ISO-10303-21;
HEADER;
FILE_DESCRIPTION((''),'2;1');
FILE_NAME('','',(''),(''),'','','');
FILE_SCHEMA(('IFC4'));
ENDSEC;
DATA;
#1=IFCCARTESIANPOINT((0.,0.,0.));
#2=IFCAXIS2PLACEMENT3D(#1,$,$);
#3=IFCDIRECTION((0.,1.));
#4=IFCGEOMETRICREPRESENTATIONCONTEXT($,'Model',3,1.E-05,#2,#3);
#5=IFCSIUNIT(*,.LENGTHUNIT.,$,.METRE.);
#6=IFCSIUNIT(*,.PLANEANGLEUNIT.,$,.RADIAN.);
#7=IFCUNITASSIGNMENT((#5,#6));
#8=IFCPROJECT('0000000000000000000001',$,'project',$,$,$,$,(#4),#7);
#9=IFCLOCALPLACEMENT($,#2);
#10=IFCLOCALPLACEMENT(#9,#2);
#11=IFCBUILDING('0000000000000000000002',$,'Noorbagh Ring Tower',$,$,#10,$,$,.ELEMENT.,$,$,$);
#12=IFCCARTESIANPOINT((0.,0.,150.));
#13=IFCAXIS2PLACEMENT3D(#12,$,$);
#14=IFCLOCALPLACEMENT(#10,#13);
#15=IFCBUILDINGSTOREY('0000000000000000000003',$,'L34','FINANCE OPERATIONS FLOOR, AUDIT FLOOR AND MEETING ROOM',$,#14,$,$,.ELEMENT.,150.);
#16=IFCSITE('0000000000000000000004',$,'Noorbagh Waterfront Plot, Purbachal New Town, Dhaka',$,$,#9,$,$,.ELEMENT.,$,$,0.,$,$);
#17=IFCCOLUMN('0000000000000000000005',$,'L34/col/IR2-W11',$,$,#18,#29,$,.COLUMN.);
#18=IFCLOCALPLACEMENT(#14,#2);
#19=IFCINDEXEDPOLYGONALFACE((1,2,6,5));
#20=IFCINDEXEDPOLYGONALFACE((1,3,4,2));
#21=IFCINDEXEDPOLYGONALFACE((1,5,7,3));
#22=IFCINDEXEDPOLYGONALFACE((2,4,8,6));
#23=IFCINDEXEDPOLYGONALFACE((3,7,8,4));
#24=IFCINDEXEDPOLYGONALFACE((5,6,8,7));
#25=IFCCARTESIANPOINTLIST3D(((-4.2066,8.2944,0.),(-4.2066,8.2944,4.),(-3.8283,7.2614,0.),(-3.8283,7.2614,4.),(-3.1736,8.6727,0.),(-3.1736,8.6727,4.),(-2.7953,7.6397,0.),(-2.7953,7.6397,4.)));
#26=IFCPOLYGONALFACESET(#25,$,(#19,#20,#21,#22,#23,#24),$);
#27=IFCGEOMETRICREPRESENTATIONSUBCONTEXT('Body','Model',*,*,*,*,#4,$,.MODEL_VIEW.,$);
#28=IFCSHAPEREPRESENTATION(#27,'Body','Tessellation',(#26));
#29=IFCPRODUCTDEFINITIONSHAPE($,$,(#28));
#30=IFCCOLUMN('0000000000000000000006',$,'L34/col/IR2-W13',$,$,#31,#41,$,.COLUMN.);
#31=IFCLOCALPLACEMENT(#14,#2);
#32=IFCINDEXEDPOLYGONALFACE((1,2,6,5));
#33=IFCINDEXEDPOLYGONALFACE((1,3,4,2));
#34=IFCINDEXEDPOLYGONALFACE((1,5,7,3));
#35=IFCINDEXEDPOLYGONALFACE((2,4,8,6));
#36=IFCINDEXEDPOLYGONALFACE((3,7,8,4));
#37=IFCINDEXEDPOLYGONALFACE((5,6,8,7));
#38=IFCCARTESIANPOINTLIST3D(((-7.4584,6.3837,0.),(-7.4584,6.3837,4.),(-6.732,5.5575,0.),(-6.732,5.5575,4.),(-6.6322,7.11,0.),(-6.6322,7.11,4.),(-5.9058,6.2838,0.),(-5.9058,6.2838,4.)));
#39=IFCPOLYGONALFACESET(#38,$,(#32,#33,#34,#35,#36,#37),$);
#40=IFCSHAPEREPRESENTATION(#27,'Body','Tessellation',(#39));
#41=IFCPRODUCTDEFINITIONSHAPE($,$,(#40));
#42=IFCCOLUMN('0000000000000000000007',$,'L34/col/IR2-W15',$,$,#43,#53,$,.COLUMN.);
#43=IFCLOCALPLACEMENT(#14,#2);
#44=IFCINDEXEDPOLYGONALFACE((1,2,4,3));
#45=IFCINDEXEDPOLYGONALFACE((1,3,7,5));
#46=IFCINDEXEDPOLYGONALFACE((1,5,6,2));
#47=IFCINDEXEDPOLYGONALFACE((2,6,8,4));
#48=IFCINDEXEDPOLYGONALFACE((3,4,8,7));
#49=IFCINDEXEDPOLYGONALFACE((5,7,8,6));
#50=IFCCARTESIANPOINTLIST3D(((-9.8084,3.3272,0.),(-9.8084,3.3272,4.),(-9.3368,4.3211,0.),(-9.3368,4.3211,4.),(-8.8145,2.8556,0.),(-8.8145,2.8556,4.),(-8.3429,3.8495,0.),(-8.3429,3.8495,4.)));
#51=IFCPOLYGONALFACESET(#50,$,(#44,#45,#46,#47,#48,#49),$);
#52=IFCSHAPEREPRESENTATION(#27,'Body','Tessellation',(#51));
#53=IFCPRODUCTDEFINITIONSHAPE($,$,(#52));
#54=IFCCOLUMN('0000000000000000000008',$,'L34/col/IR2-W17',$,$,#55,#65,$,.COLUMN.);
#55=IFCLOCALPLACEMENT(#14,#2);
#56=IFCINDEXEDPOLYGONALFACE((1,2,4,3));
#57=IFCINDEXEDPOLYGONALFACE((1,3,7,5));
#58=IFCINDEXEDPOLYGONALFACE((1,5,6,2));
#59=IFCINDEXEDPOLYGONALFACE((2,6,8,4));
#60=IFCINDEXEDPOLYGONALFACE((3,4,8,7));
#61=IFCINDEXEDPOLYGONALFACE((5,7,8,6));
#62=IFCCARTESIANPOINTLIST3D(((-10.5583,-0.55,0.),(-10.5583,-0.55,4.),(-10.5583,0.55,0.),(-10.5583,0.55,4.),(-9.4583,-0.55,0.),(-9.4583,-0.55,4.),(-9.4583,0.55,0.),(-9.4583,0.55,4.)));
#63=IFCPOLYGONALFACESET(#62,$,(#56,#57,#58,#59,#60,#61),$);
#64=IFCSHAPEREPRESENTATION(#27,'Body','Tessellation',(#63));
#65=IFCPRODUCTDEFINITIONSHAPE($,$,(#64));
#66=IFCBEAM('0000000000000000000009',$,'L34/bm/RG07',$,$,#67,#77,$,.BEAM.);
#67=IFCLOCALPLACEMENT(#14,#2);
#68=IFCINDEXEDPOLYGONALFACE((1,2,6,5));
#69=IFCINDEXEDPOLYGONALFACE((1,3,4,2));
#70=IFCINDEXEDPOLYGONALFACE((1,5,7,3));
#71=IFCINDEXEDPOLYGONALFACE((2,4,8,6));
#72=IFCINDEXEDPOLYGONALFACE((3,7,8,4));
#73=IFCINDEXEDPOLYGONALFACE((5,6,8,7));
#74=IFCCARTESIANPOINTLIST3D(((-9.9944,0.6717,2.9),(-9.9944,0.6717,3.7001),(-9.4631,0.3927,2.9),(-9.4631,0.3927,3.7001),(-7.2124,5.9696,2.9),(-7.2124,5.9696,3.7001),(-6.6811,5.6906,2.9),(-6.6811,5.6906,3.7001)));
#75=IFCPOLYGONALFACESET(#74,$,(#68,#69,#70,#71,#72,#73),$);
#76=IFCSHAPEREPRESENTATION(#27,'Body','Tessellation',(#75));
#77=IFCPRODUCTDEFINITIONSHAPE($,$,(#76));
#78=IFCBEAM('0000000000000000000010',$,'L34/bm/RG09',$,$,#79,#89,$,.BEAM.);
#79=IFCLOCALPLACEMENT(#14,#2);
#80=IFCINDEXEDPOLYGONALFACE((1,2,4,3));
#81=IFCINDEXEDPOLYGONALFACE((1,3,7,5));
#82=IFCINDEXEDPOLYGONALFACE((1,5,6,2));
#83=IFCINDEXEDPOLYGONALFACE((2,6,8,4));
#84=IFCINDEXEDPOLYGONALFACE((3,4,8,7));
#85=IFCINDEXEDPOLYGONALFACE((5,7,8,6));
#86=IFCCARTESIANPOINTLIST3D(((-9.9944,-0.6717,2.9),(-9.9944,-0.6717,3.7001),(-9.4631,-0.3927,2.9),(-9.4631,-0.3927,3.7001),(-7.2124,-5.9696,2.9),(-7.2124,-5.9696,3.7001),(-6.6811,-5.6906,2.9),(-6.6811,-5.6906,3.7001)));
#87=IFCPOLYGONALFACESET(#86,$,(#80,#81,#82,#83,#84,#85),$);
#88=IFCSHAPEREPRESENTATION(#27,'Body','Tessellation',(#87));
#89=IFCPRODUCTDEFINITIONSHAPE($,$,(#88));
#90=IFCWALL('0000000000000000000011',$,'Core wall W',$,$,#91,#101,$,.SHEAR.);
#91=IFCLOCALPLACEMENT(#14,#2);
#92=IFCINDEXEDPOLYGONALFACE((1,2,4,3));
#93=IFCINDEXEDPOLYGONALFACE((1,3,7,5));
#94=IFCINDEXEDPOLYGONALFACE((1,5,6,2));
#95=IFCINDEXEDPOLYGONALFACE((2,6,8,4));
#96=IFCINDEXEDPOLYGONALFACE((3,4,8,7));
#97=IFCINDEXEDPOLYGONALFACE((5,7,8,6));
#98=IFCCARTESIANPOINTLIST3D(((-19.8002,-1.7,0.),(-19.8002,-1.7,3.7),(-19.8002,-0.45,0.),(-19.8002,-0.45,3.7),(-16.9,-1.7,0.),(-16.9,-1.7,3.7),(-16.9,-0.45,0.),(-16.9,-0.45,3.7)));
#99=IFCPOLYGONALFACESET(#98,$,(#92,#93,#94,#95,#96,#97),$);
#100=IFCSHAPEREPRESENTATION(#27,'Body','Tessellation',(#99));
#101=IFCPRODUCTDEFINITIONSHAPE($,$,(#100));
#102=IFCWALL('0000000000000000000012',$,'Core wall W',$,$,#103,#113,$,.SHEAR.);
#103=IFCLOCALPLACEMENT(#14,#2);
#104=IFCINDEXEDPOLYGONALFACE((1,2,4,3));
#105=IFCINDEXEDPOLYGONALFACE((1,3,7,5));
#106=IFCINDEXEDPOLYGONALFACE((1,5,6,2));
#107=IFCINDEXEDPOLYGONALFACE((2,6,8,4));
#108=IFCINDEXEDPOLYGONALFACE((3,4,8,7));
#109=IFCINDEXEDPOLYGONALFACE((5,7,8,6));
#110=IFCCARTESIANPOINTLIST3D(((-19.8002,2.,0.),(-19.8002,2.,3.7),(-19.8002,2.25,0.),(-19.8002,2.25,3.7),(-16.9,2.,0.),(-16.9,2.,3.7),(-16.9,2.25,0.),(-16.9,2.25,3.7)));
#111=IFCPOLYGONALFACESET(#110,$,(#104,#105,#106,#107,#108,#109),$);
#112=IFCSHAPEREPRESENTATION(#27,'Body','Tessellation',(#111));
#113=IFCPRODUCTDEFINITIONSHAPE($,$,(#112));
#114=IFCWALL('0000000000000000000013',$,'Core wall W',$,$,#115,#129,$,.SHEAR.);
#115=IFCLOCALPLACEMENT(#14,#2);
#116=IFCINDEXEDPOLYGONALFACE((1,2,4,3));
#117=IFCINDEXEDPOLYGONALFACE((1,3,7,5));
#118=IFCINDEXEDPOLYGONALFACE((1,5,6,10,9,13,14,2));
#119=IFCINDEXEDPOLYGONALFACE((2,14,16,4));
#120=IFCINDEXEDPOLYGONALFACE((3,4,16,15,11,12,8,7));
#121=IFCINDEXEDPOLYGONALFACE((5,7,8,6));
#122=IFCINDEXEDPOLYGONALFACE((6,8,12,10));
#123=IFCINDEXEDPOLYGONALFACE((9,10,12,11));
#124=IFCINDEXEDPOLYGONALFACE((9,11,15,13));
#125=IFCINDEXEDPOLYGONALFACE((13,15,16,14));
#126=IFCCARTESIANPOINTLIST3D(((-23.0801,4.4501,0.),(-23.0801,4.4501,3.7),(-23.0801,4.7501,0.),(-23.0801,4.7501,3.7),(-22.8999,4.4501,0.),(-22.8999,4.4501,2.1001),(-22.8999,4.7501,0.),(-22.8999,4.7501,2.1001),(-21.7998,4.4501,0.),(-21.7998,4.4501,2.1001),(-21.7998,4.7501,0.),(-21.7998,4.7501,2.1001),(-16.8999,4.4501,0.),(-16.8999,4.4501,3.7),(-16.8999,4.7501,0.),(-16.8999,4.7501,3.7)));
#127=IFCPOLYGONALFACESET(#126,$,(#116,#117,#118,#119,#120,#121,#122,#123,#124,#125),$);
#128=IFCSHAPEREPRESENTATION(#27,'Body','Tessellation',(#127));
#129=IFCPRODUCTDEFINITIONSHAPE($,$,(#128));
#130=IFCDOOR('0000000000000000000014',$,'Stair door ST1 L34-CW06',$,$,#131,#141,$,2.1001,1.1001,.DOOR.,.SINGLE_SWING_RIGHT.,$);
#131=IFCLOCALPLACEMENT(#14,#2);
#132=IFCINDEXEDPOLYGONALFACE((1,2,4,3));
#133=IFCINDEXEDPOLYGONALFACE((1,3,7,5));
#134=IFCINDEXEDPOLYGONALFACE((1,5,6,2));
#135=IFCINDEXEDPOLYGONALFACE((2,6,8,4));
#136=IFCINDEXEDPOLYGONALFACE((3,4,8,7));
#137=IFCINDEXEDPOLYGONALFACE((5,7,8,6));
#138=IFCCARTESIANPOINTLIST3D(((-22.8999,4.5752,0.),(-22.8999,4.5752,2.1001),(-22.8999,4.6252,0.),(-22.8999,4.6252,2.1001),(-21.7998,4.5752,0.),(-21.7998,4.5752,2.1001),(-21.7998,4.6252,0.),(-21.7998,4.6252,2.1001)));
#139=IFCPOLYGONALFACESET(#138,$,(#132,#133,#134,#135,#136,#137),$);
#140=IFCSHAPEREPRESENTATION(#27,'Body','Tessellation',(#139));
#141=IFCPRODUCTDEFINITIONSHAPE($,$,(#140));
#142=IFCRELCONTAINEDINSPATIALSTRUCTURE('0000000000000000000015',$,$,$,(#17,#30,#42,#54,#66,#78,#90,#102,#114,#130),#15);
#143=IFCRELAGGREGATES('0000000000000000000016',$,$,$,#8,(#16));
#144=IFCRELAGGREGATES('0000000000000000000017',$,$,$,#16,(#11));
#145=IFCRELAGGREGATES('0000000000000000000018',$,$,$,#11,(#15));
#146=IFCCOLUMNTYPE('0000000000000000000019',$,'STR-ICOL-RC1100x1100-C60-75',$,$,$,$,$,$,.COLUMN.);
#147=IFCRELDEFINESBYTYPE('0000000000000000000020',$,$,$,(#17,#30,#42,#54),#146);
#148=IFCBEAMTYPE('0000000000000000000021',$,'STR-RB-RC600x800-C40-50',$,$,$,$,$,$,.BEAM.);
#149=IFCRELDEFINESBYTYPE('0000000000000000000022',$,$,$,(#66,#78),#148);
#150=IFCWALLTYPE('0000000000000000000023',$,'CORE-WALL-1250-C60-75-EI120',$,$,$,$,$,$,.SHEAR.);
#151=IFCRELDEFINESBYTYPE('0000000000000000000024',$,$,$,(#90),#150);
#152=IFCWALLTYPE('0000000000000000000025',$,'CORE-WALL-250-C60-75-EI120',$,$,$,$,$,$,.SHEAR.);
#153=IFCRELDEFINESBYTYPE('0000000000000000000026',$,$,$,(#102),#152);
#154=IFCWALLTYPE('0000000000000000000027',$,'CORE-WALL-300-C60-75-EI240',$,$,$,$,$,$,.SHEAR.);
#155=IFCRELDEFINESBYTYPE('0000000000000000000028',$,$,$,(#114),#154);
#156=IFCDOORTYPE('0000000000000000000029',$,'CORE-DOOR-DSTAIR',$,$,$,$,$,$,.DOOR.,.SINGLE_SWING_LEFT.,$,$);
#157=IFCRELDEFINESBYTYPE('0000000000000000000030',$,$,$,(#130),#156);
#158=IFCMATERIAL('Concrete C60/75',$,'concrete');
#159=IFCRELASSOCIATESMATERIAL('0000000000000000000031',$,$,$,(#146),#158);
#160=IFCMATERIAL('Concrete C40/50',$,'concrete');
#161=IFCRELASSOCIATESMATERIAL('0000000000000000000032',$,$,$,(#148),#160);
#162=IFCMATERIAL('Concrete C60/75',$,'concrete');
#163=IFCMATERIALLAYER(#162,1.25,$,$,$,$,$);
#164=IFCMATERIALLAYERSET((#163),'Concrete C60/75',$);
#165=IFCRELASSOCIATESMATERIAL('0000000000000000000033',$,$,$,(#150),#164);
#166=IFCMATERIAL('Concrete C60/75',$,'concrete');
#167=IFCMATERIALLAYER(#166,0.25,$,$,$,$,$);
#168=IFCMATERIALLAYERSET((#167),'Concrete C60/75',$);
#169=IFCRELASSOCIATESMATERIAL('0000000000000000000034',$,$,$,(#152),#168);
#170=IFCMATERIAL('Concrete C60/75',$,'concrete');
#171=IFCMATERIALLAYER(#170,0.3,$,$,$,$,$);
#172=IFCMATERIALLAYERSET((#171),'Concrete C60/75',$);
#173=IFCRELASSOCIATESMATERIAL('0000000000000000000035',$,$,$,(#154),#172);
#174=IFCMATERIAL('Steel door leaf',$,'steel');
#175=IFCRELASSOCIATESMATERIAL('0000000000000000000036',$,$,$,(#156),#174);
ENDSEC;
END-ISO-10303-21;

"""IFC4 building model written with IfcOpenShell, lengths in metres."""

from ifc_helpers import new_model, si_unit, direction, frame, frame_2d, origin, origin_2d, place, context, subcontext, project, spatial, rectangle, extrude, material, layer, layer_set, material_profile, profile_set, type_object, element, fill, save


model = new_model("IFC4")

# Units and contexts
model_context = context("Model", 3, precision=1e-05, world=origin(), true_north=direction((0.0, 1.0)))
body_context = subcontext(model_context, "Body", "Model", "MODEL_VIEW")
ifc_project = project(units=[si_unit("LENGTHUNIT", "METRE"), si_unit("PLANEANGLEUNIT", "RADIAN")], contexts=[model_context])

# Site, building, storey
site_placement = place(None, origin())
site = spatial("IfcSite", under=ifc_project, at=site_placement, Name="Noorbagh Waterfront Plot, Purbachal New Town, Dhaka", CompositionType="ELEMENT", RefElevation=0.0)
building_placement = place(site_placement, origin())
building = spatial("IfcBuilding", under=site, at=building_placement, Name="Noorbagh Ring Tower", CompositionType="ELEMENT")
storey_placement = place(building_placement, frame((0.0, 0.0, 150.0)))
storey = spatial("IfcBuildingStorey", under=building, at=storey_placement, Name="L34", Description="FINANCE OPERATIONS FLOOR, AUDIT FLOOR AND MEETING ROOM", CompositionType="ELEMENT", Elevation=150.0)

# Columns
ifc_material_1 = material(Name="Concrete C60/75", Category="concrete")
ifc_material_profile_1 = material_profile(ifc_material_1, rectangle(XDim=1.1001, YDim=1.1001, at=origin_2d()), Name="RC1100x1100")
ifc_profile_set_1 = profile_set([ifc_material_profile_1], Name="Concrete C60/75")
column_type = type_object("IfcColumnType", Name="STR-ICOL-RC1100x1100-C60-75", PredefinedType="COLUMN", material=ifc_profile_set_1)
for number, where, z_axis, x_axis, name in (
    (1, (-3.501, 7.967, 0.0), (0.0, 0.0, 1.0), (-0.93902, -0.343864, 0.0), "L34/col/IR2-W11"),
    (2, (-6.6821, 6.3337, 0.0), (0.0, 0.0, 1.0), (-0.751022, -0.660277, 0.0), "L34/col/IR2-W13"),
    (3, (-9.0757, 3.5884, 0.0), (0.0, 0.0, 1.0), (-0.428667, -0.903463, 0.0), "L34/col/IR2-W15"),
    (4, (-10.0083, 0.0, 0.0), (0.0, 0.0, 1.0), (0.0, -1.0, 0.0), "L34/col/IR2-W17"),
):
    element("IfcColumn", number, at=place(storey_placement, frame(where, z_axis=z_axis, x_axis=x_axis)), inside=storey, type_object=column_type, Name=name, PredefinedType="COLUMN", context=body_context, shape_type="SweptSolid", body=[
        extrude(rectangle(XDim=1.1001, YDim=1.1001, at=origin_2d()), origin(), (0.0, 0.0, 1.0), 4.0),
    ])

# Beams
ifc_material_2 = material(Name="Concrete C40/50", Category="concrete")
ifc_material_profile_2 = material_profile(ifc_material_2, rectangle(XDim=0.6001, YDim=0.8, at=origin_2d()), Name="RC600x800")
ifc_profile_set_2 = profile_set([ifc_material_profile_2], Name="Concrete C40/50")
beam_type = type_object("IfcBeamType", Name="STR-RB-RC600x800-C40-50", PredefinedType="BEAM", material=ifc_profile_set_2)
for number, where, z_axis, x_axis, name in (
    (5, (-6.9468, 5.8301, 3.3), (-0.464914, -0.885356, 0.0), (0.885356, -0.464914, 0.0), "L34/bm/RG07"),
    (6, (-9.7288, -0.5322, 3.3), (0.464914, -0.885356, 0.0), (0.885356, 0.464914, 0.0), "L34/bm/RG09"),
):
    element("IfcBeam", number, at=place(storey_placement, frame(where, z_axis=z_axis, x_axis=x_axis)), inside=storey, type_object=beam_type, Name=name, PredefinedType="BEAM", context=body_context, shape_type="SweptSolid", body=[
        extrude(rectangle(XDim=0.6001, YDim=0.8, at=origin_2d()), origin(), (0.0, 0.0, 1.0), 5.9839),
    ])

# Walls
ifc_material_3 = material(Name="Concrete C60/75", Category="concrete")
ifc_layer_1 = layer(ifc_material_3, 1.25)
ifc_layer_set_1 = layer_set([ifc_layer_1], Name="Concrete C60/75")
wall_type_1 = type_object("IfcWallType", Name="CORE-WALL-1250-C60-75-EI120", PredefinedType="SHEAR", material=ifc_layer_set_1)
wall_1_placement = place(storey_placement, frame((-16.8999, -1.075, 0.0), z_axis=(0.0, 0.0, 1.0), x_axis=(-1.0, 0.0, 0.0)))
element("IfcWall", 7, at=wall_1_placement, inside=storey, type_object=wall_type_1, Name="Core wall W", PredefinedType="SHEAR", context=body_context, shape_type="SweptSolid", body=[
    extrude(rectangle(XDim=2.9001, YDim=1.25, at=frame_2d((1.4502, 0.0))), origin(), (0.0, 0.0, 1.0), 3.7),
])
ifc_material_4 = material(Name="Concrete C60/75", Category="concrete")
ifc_layer_2 = layer(ifc_material_4, 0.25)
ifc_layer_set_2 = layer_set([ifc_layer_2], Name="Concrete C60/75")
wall_type_2 = type_object("IfcWallType", Name="CORE-WALL-250-C60-75-EI120", PredefinedType="SHEAR", material=ifc_layer_set_2)
wall_2_placement = place(storey_placement, frame((-16.8999, 2.125, 0.0), z_axis=(0.0, 0.0, 1.0), x_axis=(-1.0, 0.0, 0.0)))
element("IfcWall", 8, at=wall_2_placement, inside=storey, type_object=wall_type_2, Name="Core wall W", PredefinedType="SHEAR", context=body_context, shape_type="SweptSolid", body=[
    extrude(rectangle(XDim=2.9001, YDim=0.25, at=frame_2d((1.4502, 0.0))), origin(), (0.0, 0.0, 1.0), 3.7),
])

# Wall, opening, door
ifc_material_5 = material(Name="Concrete C60/75", Category="concrete")
ifc_layer_3 = layer(ifc_material_5, 0.3)
ifc_layer_set_3 = layer_set([ifc_layer_3], Name="Concrete C60/75")
wall_type_3 = type_object("IfcWallType", Name="CORE-WALL-300-C60-75-EI240", PredefinedType="SHEAR", material=ifc_layer_set_3)
wall_3_placement = place(storey_placement, frame((-16.8999, 4.6001, 0.0), z_axis=(0.0, 0.0, 1.0), x_axis=(-1.0, 0.0, 0.0)))
wall_3 = element("IfcWall", 9, at=wall_3_placement, inside=storey, type_object=wall_type_3, Name="Core wall W", PredefinedType="SHEAR", context=body_context, shape_type="SweptSolid", body=[
    extrude(rectangle(XDim=6.1802, YDim=0.3, at=frame_2d((3.0901, 0.0))), origin(), (0.0, 0.0, 1.0), 3.7),
])
opening_1_placement = place(wall_3_placement, frame((4.8999, 0.0, 0.0)))
opening_1 = element("IfcOpeningElement", 10, at=opening_1_placement, cuts=wall_3, PredefinedType="OPENING", context=body_context, shape_type="SweptSolid", body=[
    extrude(rectangle(XDim=1.1001, YDim=2.1001, at=frame_2d((0.55, 1.05))), frame((0.0, 0.1602, 0.0), z_axis=(0.0, -1.0, 0.0), x_axis=(1.0, 0.0, 0.0)), (0.0, 0.0, 1.0), 0.3201),
])
ifc_material_6 = material(Name="Steel door leaf", Category="steel")
door_type_1 = type_object("IfcDoorType", Name="CORE-DOOR-DSTAIR", OperationType="SINGLE_SWING_LEFT", PredefinedType="DOOR", material=ifc_material_6)
door_1_placement = place(opening_1_placement, origin())
door_1 = element("IfcDoor", 11, at=door_1_placement, inside=storey, type_object=door_type_1, Name="Stair door ST1 L34-CW06", OperationType="SINGLE_SWING_RIGHT", OverallHeight=2.1001, OverallWidth=1.1001, PredefinedType="DOOR", context=body_context, shape_type="SweptSolid", body=[
    extrude(rectangle(XDim=1.1001, YDim=2.1001, at=frame_2d((0.55, 1.05))), frame((0.0, 0.0249, 0.0), z_axis=(0.0, -1.0, 0.0), x_axis=(1.0, 0.0, 0.0)), (0.0, 0.0, 1.0), 0.05),
])
fill(opening_1, door_1)

save(model, "model.ifc")
